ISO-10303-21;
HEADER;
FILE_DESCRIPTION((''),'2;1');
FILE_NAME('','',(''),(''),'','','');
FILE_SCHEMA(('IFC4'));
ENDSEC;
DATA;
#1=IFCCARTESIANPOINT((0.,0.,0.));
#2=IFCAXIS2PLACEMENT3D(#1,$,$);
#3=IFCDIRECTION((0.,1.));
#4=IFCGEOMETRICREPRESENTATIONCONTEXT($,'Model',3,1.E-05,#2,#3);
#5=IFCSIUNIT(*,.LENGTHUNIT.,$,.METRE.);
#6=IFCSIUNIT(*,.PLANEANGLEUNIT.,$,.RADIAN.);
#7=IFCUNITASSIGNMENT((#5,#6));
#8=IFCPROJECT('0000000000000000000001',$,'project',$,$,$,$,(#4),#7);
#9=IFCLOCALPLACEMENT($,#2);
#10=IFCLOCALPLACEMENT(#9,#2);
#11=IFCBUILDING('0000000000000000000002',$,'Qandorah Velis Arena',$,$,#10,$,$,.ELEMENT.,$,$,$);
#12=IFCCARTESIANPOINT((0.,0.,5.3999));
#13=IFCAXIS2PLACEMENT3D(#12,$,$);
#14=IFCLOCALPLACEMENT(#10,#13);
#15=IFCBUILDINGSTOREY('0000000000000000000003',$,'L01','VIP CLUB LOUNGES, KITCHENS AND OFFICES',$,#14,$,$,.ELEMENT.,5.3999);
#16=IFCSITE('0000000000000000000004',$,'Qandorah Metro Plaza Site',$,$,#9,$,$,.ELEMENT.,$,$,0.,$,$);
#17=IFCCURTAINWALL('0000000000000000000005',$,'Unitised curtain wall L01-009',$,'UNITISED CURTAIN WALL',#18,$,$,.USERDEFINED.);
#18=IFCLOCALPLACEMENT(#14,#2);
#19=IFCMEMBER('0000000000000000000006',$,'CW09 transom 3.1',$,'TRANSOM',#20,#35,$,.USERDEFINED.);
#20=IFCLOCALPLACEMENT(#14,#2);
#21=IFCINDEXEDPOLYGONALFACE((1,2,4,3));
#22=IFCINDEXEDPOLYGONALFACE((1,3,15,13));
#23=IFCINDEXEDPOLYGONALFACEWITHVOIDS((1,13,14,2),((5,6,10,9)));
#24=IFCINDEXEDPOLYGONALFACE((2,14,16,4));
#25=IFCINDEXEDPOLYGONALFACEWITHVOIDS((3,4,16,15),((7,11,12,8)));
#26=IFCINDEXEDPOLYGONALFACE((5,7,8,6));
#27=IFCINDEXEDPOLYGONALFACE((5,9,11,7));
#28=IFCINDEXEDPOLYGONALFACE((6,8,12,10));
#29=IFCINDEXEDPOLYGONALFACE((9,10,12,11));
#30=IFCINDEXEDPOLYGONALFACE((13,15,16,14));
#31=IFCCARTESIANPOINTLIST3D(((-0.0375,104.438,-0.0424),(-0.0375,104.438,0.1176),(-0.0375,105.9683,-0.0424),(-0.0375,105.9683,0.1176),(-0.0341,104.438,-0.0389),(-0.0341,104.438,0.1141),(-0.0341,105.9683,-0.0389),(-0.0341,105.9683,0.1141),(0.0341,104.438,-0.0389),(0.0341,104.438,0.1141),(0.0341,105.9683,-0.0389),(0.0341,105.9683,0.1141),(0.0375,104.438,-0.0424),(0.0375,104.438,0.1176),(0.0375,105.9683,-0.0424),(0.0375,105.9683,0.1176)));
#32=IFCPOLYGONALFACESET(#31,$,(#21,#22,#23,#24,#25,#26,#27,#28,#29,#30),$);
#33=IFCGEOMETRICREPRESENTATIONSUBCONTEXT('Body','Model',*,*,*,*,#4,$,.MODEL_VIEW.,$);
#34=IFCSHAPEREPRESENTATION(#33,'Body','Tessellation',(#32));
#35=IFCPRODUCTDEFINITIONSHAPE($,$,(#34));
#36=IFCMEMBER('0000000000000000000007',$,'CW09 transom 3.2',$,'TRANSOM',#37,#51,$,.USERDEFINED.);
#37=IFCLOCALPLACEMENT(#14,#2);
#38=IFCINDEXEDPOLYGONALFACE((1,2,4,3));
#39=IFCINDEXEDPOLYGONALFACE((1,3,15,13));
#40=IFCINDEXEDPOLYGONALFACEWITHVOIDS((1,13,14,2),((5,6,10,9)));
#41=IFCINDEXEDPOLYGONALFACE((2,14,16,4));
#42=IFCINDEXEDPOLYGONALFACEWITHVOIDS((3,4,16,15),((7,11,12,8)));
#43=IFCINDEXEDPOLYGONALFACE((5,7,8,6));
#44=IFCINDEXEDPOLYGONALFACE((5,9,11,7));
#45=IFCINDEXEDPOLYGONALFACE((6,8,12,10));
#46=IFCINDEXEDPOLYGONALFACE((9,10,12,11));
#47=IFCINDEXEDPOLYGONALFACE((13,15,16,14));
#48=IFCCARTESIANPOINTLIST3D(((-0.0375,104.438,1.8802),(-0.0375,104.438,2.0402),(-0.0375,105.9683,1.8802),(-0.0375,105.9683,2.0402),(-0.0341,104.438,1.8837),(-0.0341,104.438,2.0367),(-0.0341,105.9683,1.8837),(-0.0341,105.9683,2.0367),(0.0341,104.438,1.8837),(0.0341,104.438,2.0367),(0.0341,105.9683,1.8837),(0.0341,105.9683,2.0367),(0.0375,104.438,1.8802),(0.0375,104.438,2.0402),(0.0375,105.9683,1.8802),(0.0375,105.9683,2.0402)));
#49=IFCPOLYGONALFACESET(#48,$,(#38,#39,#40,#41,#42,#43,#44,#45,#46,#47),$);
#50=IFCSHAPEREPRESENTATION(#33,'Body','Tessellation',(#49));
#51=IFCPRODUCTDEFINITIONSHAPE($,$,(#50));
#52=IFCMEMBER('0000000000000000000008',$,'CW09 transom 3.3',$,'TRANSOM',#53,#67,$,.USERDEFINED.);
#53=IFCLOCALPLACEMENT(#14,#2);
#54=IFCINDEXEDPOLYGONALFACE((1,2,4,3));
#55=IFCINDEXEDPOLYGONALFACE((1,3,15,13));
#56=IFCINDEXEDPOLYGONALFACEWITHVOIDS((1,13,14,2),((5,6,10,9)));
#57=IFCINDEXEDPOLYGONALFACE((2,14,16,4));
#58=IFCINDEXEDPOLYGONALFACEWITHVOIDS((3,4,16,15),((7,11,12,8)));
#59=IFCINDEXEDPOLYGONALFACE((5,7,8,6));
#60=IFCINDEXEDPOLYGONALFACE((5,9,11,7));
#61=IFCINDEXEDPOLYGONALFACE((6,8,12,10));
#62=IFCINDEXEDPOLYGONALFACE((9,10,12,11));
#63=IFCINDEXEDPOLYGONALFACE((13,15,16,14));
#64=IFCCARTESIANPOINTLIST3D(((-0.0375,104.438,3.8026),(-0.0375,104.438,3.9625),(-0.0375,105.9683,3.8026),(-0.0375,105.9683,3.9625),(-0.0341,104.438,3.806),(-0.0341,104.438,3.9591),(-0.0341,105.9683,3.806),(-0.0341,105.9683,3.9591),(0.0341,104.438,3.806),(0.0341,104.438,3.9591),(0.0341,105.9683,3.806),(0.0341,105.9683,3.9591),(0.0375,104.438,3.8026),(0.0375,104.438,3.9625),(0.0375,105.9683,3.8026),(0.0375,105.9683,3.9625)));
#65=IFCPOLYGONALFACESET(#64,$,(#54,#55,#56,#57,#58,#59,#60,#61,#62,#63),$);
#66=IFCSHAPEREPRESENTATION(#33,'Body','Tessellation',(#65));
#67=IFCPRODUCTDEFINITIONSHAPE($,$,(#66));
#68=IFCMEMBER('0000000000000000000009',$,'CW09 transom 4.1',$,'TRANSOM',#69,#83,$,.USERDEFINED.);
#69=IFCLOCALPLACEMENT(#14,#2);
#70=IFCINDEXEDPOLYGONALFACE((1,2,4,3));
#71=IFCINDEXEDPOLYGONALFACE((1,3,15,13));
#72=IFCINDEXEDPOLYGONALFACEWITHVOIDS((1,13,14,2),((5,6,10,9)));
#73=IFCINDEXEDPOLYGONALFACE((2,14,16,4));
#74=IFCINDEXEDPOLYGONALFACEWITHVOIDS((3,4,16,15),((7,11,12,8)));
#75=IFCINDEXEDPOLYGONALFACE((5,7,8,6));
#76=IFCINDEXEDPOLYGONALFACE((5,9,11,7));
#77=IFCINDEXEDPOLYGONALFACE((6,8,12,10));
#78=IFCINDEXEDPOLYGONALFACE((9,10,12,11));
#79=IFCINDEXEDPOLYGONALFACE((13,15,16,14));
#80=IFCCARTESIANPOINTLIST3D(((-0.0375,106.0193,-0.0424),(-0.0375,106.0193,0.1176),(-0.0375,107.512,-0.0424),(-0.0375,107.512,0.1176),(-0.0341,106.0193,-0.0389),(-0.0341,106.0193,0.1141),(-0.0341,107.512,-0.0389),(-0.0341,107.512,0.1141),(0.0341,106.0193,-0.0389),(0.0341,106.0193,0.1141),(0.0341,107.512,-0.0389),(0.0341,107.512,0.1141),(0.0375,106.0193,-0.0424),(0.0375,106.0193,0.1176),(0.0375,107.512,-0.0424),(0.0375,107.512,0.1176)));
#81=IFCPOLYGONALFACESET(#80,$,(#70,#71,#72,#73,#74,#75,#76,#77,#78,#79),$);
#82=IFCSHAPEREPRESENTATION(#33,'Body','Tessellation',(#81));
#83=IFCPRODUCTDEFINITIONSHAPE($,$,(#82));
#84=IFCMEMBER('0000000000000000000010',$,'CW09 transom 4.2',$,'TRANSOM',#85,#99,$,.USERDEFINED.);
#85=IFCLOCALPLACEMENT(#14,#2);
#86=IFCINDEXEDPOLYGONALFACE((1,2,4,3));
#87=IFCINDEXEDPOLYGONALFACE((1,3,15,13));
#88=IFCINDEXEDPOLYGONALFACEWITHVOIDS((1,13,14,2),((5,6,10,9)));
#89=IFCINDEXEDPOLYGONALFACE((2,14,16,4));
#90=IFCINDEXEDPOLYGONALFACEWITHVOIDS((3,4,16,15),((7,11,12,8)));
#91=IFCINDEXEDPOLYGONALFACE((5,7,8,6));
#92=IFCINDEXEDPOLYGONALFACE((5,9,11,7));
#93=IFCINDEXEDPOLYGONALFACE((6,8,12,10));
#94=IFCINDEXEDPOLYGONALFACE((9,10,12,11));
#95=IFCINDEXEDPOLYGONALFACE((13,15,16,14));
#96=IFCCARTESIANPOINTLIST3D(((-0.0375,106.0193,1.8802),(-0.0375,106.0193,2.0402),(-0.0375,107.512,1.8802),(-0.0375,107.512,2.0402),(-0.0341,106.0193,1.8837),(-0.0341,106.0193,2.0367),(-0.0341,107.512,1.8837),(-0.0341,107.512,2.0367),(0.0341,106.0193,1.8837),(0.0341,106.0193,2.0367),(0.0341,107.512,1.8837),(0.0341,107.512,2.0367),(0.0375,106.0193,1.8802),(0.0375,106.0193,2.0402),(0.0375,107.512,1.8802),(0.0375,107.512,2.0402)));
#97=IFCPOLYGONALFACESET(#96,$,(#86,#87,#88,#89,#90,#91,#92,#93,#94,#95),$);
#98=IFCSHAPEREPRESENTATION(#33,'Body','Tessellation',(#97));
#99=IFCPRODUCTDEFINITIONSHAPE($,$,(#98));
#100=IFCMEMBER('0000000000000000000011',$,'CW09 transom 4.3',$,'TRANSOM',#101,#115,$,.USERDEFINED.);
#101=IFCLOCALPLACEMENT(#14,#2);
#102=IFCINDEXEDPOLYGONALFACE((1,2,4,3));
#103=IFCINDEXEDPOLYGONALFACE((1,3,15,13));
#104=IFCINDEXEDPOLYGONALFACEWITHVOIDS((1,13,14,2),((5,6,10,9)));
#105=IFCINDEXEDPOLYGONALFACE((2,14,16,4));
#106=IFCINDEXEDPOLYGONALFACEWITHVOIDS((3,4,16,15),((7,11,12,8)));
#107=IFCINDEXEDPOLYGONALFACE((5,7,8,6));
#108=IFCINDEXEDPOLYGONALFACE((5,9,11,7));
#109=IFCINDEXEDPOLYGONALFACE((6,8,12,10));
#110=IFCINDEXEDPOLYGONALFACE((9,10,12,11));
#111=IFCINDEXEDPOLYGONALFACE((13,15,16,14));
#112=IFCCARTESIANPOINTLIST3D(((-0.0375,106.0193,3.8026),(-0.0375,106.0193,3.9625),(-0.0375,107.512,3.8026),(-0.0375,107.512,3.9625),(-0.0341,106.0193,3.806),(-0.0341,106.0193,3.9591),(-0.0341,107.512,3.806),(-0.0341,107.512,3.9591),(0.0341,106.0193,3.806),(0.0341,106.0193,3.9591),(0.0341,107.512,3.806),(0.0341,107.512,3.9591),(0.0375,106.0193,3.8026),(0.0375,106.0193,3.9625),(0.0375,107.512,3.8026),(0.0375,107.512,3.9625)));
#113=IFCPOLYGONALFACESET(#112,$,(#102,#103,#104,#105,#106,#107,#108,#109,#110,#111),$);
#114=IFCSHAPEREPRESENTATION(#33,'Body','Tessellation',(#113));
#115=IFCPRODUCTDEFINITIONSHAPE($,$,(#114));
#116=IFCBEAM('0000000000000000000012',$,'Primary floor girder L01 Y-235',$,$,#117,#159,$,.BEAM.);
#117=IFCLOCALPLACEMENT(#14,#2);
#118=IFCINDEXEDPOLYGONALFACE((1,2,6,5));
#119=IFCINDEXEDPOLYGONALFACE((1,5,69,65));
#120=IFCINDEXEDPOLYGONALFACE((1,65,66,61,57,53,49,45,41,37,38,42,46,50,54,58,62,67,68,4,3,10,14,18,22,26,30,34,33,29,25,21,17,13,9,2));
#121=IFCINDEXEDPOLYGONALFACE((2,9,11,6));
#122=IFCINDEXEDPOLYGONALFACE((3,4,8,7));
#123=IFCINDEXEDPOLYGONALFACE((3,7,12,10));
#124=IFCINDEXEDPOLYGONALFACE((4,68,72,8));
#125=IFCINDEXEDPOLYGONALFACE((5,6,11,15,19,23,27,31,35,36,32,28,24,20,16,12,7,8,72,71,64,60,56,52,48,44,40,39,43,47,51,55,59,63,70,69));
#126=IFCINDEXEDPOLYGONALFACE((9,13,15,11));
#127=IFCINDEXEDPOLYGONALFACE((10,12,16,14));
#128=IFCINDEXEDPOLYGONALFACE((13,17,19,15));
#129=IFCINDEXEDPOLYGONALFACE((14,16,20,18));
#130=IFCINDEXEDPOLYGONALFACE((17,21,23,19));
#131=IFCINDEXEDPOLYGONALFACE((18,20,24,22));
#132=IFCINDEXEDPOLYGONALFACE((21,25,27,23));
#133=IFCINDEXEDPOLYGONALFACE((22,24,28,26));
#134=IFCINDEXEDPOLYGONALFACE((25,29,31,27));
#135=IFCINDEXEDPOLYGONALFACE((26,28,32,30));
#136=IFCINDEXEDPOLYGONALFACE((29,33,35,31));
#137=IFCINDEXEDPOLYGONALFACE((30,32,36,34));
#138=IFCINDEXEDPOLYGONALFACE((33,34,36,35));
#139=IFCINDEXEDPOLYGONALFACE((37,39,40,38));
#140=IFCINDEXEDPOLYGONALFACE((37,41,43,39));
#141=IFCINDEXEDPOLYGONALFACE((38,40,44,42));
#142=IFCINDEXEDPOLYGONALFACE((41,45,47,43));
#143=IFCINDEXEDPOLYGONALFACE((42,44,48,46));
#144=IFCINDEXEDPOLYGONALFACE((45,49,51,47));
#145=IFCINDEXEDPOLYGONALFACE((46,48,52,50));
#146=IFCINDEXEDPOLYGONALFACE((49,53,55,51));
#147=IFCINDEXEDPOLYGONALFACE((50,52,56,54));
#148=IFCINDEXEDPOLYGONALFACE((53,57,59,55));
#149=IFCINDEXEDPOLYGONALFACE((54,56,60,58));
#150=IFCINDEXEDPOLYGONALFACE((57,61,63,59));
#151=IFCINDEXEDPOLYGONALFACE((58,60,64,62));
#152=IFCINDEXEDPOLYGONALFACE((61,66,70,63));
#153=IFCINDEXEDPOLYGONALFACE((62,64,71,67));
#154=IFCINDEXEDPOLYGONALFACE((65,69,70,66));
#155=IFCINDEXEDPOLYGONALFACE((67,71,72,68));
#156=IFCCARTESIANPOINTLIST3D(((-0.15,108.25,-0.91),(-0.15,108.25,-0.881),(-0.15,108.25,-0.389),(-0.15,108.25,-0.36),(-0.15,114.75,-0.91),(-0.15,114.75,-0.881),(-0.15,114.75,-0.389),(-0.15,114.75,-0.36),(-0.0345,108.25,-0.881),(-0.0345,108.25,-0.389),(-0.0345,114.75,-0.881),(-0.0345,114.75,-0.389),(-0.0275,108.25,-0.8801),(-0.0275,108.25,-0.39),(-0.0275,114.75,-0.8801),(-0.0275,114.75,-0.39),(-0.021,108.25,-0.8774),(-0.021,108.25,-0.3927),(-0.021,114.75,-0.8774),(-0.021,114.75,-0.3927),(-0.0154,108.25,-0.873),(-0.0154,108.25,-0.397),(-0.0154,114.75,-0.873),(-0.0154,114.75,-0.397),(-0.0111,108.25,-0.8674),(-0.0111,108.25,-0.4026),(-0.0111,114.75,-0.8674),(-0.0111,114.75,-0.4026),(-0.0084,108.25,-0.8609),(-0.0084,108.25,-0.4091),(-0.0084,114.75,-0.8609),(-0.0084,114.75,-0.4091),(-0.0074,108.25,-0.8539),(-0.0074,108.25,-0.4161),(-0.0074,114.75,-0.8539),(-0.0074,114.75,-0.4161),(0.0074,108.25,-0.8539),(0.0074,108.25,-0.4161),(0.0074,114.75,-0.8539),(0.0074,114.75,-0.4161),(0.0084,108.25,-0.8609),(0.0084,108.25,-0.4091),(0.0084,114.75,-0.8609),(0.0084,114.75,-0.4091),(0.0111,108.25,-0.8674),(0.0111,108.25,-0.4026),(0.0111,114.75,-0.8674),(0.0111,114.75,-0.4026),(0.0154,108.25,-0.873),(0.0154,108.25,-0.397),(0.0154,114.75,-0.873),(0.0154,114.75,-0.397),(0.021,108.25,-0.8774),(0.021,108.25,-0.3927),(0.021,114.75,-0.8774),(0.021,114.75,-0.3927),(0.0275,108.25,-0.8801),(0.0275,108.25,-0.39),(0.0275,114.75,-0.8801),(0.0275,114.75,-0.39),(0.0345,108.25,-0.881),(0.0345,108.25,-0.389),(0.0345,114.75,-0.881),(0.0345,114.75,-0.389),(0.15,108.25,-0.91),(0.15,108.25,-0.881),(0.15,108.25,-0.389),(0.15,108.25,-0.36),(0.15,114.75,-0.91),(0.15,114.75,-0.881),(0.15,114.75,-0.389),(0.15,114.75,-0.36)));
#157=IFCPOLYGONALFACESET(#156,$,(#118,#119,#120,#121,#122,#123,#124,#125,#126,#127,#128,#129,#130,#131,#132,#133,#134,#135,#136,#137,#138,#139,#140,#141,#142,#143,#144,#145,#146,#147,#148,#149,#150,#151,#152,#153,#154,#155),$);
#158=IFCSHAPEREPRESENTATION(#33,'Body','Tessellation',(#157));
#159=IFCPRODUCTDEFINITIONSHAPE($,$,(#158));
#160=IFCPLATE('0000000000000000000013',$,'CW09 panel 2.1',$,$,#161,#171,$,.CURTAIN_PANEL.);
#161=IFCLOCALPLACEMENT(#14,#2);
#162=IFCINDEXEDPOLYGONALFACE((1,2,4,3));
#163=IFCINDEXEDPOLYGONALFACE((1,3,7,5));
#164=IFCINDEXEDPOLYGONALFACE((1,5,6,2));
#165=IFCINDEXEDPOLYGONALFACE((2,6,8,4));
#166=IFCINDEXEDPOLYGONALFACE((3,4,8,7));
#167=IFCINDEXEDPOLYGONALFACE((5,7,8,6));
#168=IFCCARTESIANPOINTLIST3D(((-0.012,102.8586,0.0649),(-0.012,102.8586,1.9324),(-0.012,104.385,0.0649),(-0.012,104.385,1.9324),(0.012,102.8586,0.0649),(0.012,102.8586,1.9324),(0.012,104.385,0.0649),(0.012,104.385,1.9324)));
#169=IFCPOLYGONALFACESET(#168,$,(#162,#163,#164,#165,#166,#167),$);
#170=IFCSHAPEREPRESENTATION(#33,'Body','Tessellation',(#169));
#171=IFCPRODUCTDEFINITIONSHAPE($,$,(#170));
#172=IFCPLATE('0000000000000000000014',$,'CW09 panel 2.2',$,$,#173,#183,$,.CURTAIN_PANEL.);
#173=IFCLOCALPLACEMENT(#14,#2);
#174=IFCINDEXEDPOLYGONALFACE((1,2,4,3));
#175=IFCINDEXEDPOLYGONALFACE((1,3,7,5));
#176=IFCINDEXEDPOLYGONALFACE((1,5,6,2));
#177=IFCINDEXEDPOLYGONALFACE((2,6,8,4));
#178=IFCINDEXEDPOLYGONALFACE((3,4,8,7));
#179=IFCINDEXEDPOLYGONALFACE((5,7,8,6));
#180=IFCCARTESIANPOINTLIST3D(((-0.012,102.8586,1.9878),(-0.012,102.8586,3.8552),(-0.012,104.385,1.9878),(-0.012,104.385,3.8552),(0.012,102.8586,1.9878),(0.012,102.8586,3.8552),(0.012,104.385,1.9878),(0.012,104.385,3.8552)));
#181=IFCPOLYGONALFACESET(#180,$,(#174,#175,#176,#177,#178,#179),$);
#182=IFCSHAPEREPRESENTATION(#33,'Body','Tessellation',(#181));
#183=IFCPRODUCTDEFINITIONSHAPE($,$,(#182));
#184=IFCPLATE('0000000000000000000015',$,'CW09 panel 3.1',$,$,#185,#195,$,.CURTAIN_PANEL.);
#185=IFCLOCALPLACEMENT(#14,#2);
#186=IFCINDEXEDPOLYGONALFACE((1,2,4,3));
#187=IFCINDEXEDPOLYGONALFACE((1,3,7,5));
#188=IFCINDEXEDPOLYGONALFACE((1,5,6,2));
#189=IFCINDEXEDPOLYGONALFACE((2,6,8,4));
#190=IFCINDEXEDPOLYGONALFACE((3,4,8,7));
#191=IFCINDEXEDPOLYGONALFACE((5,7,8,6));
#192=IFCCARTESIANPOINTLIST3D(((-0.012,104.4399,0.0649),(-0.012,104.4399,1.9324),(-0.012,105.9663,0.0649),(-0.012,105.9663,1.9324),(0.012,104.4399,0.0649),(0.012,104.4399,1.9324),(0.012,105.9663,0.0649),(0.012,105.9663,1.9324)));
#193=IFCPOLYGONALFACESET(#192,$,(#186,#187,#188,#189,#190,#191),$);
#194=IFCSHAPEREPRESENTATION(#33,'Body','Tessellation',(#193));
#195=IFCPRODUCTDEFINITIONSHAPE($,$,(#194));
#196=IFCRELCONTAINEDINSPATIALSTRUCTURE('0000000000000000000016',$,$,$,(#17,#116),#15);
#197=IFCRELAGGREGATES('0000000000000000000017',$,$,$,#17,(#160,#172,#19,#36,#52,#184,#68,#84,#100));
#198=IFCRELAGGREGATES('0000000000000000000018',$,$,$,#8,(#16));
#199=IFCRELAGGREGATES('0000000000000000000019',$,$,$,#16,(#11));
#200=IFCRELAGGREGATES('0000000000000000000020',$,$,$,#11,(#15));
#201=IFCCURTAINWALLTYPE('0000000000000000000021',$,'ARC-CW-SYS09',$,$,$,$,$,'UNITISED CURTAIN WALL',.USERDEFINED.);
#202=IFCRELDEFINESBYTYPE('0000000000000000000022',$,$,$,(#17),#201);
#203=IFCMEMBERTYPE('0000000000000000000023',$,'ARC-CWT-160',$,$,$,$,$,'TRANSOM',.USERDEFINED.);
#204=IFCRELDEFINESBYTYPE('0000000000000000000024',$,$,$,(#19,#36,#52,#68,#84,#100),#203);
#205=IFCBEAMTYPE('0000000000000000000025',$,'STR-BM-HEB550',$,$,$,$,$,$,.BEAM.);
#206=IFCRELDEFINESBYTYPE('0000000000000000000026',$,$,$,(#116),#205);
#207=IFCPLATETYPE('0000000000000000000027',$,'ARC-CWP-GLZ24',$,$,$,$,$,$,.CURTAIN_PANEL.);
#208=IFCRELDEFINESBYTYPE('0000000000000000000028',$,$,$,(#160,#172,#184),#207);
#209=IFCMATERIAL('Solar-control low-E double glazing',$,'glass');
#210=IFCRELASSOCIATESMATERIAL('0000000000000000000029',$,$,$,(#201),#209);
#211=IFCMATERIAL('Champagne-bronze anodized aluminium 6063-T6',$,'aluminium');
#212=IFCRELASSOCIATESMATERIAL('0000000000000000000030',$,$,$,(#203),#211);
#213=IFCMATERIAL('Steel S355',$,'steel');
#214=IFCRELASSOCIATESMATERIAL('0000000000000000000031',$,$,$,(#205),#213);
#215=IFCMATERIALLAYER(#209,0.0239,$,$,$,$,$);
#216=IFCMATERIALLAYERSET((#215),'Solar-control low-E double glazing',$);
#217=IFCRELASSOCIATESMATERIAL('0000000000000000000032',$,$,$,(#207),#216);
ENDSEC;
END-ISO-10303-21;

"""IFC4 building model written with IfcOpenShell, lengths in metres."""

from ifc_helpers import new_model, si_unit, direction, frame, origin, origin_2d, place, context, subcontext, project, spatial, rectangle, hollow_rectangle, i_section, extrude, material, layer, layer_set, material_profile, profile_set, type_object, element, aggregate, save


model = new_model("IFC4")

# Units and contexts
model_context = context("Model", 3, precision=1e-05, world=origin(), true_north=direction((0.0, 1.0)))
body_context = subcontext(model_context, "Body", "Model", "MODEL_VIEW")
ifc_project = project(units=[si_unit("LENGTHUNIT", "METRE"), si_unit("PLANEANGLEUNIT", "RADIAN")], contexts=[model_context])

# Site, building, storey
site_placement = place(None, origin())
site = spatial("IfcSite", under=ifc_project, at=site_placement, Name="Qandorah Metro Plaza Site", CompositionType="ELEMENT", RefElevation=0.0)
building_placement = place(site_placement, origin())
building = spatial("IfcBuilding", under=site, at=building_placement, Name="Qandorah Velis Arena", CompositionType="ELEMENT")
storey_placement = place(building_placement, frame((0.0, 0.0, 5.3999)))
storey = spatial("IfcBuildingStorey", under=building, at=storey_placement, Name="L01", Description="VIP CLUB LOUNGES, KITCHENS AND OFFICES", CompositionType="ELEMENT", Elevation=5.3999)

# Shared definitions
ifc_material_1 = material(Name="Solar-control low-E double glazing", Category="glass")
ifc_material_2 = material(Name="Champagne-bronze anodized aluminium 6063-T6", Category="aluminium")

# Curtain wall
curtain_wall_type_1 = type_object("IfcCurtainWallType", Name="ARC-CW-SYS09", ElementType="UNITISED CURTAIN WALL", PredefinedType="USERDEFINED", material=ifc_material_1)
curtain_wall_1_placement = place(storey_placement, origin())
curtain_wall_1 = element("IfcCurtainWall", 1, at=curtain_wall_1_placement, inside=storey, type_object=curtain_wall_type_1, Name="Unitised curtain wall L01-009", ObjectType="UNITISED CURTAIN WALL", PredefinedType="USERDEFINED")

# Members
ifc_material_profile_1 = material_profile(ifc_material_2, hollow_rectangle(XDim=0.075, YDim=0.1599, WallThickness=0.0034, at=origin_2d()), Name="ALU TRANSOM 75x160")
ifc_profile_set_1 = profile_set([ifc_material_profile_1], Name="Champagne-bronze anodized aluminium 6063-T6")
member_type_1 = type_object("IfcMemberType", Name="ARC-CWT-160", ElementType="TRANSOM", PredefinedType="USERDEFINED", material=ifc_profile_set_1)
member_1_placement = place(storey_placement, frame((0.0, 104.438, 0.0376), z_axis=(0.0, 1.0, 0.0), x_axis=(-1.0, 0.0, 0.0)))
member_1 = element("IfcMember", 2, at=member_1_placement, type_object=member_type_1, Name="CW09 transom 3.1", ObjectType="TRANSOM", PredefinedType="USERDEFINED", context=body_context, shape_type="SweptSolid", body=[
    extrude(hollow_rectangle(XDim=0.075, YDim=0.1599, WallThickness=0.0034, at=origin_2d()), origin(), (0.0, 0.0, 1.0), 1.5303),
])
member_2_placement = place(storey_placement, frame((0.0, 104.438, 1.9602), z_axis=(0.0, 1.0, 0.0), x_axis=(-1.0, 0.0, 0.0)))
member_2 = element("IfcMember", 3, at=member_2_placement, type_object=member_type_1, Name="CW09 transom 3.2", ObjectType="TRANSOM", PredefinedType="USERDEFINED", context=body_context, shape_type="SweptSolid", body=[
    extrude(hollow_rectangle(XDim=0.075, YDim=0.1599, WallThickness=0.0034, at=origin_2d()), origin(), (0.0, 0.0, 1.0), 1.5303),
])
member_3_placement = place(storey_placement, frame((0.0, 104.438, 3.8826), z_axis=(0.0, 1.0, 0.0), x_axis=(-1.0, 0.0, 0.0)))
member_3 = element("IfcMember", 4, at=member_3_placement, type_object=member_type_1, Name="CW09 transom 3.3", ObjectType="TRANSOM", PredefinedType="USERDEFINED", context=body_context, shape_type="SweptSolid", body=[
    extrude(hollow_rectangle(XDim=0.075, YDim=0.1599, WallThickness=0.0034, at=origin_2d()), origin(), (0.0, 0.0, 1.0), 1.5303),
])
member_4_placement = place(storey_placement, frame((0.0, 106.0193, 0.0376), z_axis=(0.0, 1.0, 0.0), x_axis=(-1.0, 0.0, 0.0)))
member_4 = element("IfcMember", 5, at=member_4_placement, type_object=member_type_1, Name="CW09 transom 4.1", ObjectType="TRANSOM", PredefinedType="USERDEFINED", context=body_context, shape_type="SweptSolid", body=[
    extrude(hollow_rectangle(XDim=0.075, YDim=0.1599, WallThickness=0.0034, at=origin_2d()), origin(), (0.0, 0.0, 1.0), 1.4927),
])
member_5_placement = place(storey_placement, frame((0.0, 106.0193, 1.9602), z_axis=(0.0, 1.0, 0.0), x_axis=(-1.0, 0.0, 0.0)))
member_5 = element("IfcMember", 6, at=member_5_placement, type_object=member_type_1, Name="CW09 transom 4.2", ObjectType="TRANSOM", PredefinedType="USERDEFINED", context=body_context, shape_type="SweptSolid", body=[
    extrude(hollow_rectangle(XDim=0.075, YDim=0.1599, WallThickness=0.0034, at=origin_2d()), origin(), (0.0, 0.0, 1.0), 1.4927),
])
member_6_placement = place(storey_placement, frame((0.0, 106.0193, 3.8826), z_axis=(0.0, 1.0, 0.0), x_axis=(-1.0, 0.0, 0.0)))
member_6 = element("IfcMember", 7, at=member_6_placement, type_object=member_type_1, Name="CW09 transom 4.3", ObjectType="TRANSOM", PredefinedType="USERDEFINED", context=body_context, shape_type="SweptSolid", body=[
    extrude(hollow_rectangle(XDim=0.075, YDim=0.1599, WallThickness=0.0034, at=origin_2d()), origin(), (0.0, 0.0, 1.0), 1.4927),
])

# Beam
ifc_material_3 = material(Name="Steel S355", Category="steel")
ifc_material_profile_2 = material_profile(ifc_material_3, i_section(OverallWidth=0.3, OverallDepth=0.55, WebThickness=0.0149, FlangeThickness=0.0291, FilletRadius=0.0271, at=origin_2d()), Name="HEB 550")
ifc_profile_set_2 = profile_set([ifc_material_profile_2], Name="Steel S355")
beam_type = type_object("IfcBeamType", Name="STR-BM-HEB550", PredefinedType="BEAM", material=ifc_profile_set_2)
beam_placement = place(storey_placement, frame((0.0, 108.25, -0.635), z_axis=(0.0, 1.0, 0.0), x_axis=(-1.0, 0.0, 0.0)))
element("IfcBeam", 8, at=beam_placement, inside=storey, type_object=beam_type, Name="Primary floor girder L01 Y-235", PredefinedType="BEAM", context=body_context, shape_type="SweptSolid", body=[
    extrude(i_section(OverallWidth=0.3, OverallDepth=0.55, WebThickness=0.0149, FlangeThickness=0.0291, FilletRadius=0.0271, at=origin_2d()), origin(), (0.0, 0.0, 1.0), 6.5),
])

# Plates
ifc_layer = layer(ifc_material_1, 0.0239)
ifc_layer_set = layer_set([ifc_layer], Name="Solar-control low-E double glazing")
plate_type = type_object("IfcPlateType", Name="ARC-CWP-GLZ24", PredefinedType="CURTAIN_PANEL", material=ifc_layer_set)
plate_1_placement = place(storey_placement, frame((0.0, 103.6218, 0.0649), z_axis=(0.0, 0.0, 1.0), x_axis=(0.0, 1.0, 0.0)))
plate_1 = element("IfcPlate", 9, at=plate_1_placement, type_object=plate_type, Name="CW09 panel 2.1", PredefinedType="CURTAIN_PANEL", context=body_context, shape_type="SweptSolid", body=[
    extrude(rectangle(XDim=1.5264, YDim=0.0239, at=origin_2d()), origin(), (0.0, 0.0, 1.0), 1.8674),
])
plate_2_placement = place(storey_placement, frame((0.0, 103.6218, 1.9878), z_axis=(0.0, 0.0, 1.0), x_axis=(0.0, 1.0, 0.0)))
plate_2 = element("IfcPlate", 10, at=plate_2_placement, type_object=plate_type, Name="CW09 panel 2.2", PredefinedType="CURTAIN_PANEL", context=body_context, shape_type="SweptSolid", body=[
    extrude(rectangle(XDim=1.5264, YDim=0.0239, at=origin_2d()), origin(), (0.0, 0.0, 1.0), 1.8674),
])
plate_3_placement = place(storey_placement, frame((0.0, 105.2031, 0.0649), z_axis=(0.0, 0.0, 1.0), x_axis=(0.0, 1.0, 0.0)))
plate_3 = element("IfcPlate", 11, at=plate_3_placement, type_object=plate_type, Name="CW09 panel 3.1", PredefinedType="CURTAIN_PANEL", context=body_context, shape_type="SweptSolid", body=[
    extrude(rectangle(XDim=1.5264, YDim=0.0239, at=origin_2d()), origin(), (0.0, 0.0, 1.0), 1.8674),
])
aggregate(curtain_wall_1, [plate_1, plate_2, member_1, member_2, member_3, plate_3, member_4, member_5, member_6])

save(model, "model.ifc")
